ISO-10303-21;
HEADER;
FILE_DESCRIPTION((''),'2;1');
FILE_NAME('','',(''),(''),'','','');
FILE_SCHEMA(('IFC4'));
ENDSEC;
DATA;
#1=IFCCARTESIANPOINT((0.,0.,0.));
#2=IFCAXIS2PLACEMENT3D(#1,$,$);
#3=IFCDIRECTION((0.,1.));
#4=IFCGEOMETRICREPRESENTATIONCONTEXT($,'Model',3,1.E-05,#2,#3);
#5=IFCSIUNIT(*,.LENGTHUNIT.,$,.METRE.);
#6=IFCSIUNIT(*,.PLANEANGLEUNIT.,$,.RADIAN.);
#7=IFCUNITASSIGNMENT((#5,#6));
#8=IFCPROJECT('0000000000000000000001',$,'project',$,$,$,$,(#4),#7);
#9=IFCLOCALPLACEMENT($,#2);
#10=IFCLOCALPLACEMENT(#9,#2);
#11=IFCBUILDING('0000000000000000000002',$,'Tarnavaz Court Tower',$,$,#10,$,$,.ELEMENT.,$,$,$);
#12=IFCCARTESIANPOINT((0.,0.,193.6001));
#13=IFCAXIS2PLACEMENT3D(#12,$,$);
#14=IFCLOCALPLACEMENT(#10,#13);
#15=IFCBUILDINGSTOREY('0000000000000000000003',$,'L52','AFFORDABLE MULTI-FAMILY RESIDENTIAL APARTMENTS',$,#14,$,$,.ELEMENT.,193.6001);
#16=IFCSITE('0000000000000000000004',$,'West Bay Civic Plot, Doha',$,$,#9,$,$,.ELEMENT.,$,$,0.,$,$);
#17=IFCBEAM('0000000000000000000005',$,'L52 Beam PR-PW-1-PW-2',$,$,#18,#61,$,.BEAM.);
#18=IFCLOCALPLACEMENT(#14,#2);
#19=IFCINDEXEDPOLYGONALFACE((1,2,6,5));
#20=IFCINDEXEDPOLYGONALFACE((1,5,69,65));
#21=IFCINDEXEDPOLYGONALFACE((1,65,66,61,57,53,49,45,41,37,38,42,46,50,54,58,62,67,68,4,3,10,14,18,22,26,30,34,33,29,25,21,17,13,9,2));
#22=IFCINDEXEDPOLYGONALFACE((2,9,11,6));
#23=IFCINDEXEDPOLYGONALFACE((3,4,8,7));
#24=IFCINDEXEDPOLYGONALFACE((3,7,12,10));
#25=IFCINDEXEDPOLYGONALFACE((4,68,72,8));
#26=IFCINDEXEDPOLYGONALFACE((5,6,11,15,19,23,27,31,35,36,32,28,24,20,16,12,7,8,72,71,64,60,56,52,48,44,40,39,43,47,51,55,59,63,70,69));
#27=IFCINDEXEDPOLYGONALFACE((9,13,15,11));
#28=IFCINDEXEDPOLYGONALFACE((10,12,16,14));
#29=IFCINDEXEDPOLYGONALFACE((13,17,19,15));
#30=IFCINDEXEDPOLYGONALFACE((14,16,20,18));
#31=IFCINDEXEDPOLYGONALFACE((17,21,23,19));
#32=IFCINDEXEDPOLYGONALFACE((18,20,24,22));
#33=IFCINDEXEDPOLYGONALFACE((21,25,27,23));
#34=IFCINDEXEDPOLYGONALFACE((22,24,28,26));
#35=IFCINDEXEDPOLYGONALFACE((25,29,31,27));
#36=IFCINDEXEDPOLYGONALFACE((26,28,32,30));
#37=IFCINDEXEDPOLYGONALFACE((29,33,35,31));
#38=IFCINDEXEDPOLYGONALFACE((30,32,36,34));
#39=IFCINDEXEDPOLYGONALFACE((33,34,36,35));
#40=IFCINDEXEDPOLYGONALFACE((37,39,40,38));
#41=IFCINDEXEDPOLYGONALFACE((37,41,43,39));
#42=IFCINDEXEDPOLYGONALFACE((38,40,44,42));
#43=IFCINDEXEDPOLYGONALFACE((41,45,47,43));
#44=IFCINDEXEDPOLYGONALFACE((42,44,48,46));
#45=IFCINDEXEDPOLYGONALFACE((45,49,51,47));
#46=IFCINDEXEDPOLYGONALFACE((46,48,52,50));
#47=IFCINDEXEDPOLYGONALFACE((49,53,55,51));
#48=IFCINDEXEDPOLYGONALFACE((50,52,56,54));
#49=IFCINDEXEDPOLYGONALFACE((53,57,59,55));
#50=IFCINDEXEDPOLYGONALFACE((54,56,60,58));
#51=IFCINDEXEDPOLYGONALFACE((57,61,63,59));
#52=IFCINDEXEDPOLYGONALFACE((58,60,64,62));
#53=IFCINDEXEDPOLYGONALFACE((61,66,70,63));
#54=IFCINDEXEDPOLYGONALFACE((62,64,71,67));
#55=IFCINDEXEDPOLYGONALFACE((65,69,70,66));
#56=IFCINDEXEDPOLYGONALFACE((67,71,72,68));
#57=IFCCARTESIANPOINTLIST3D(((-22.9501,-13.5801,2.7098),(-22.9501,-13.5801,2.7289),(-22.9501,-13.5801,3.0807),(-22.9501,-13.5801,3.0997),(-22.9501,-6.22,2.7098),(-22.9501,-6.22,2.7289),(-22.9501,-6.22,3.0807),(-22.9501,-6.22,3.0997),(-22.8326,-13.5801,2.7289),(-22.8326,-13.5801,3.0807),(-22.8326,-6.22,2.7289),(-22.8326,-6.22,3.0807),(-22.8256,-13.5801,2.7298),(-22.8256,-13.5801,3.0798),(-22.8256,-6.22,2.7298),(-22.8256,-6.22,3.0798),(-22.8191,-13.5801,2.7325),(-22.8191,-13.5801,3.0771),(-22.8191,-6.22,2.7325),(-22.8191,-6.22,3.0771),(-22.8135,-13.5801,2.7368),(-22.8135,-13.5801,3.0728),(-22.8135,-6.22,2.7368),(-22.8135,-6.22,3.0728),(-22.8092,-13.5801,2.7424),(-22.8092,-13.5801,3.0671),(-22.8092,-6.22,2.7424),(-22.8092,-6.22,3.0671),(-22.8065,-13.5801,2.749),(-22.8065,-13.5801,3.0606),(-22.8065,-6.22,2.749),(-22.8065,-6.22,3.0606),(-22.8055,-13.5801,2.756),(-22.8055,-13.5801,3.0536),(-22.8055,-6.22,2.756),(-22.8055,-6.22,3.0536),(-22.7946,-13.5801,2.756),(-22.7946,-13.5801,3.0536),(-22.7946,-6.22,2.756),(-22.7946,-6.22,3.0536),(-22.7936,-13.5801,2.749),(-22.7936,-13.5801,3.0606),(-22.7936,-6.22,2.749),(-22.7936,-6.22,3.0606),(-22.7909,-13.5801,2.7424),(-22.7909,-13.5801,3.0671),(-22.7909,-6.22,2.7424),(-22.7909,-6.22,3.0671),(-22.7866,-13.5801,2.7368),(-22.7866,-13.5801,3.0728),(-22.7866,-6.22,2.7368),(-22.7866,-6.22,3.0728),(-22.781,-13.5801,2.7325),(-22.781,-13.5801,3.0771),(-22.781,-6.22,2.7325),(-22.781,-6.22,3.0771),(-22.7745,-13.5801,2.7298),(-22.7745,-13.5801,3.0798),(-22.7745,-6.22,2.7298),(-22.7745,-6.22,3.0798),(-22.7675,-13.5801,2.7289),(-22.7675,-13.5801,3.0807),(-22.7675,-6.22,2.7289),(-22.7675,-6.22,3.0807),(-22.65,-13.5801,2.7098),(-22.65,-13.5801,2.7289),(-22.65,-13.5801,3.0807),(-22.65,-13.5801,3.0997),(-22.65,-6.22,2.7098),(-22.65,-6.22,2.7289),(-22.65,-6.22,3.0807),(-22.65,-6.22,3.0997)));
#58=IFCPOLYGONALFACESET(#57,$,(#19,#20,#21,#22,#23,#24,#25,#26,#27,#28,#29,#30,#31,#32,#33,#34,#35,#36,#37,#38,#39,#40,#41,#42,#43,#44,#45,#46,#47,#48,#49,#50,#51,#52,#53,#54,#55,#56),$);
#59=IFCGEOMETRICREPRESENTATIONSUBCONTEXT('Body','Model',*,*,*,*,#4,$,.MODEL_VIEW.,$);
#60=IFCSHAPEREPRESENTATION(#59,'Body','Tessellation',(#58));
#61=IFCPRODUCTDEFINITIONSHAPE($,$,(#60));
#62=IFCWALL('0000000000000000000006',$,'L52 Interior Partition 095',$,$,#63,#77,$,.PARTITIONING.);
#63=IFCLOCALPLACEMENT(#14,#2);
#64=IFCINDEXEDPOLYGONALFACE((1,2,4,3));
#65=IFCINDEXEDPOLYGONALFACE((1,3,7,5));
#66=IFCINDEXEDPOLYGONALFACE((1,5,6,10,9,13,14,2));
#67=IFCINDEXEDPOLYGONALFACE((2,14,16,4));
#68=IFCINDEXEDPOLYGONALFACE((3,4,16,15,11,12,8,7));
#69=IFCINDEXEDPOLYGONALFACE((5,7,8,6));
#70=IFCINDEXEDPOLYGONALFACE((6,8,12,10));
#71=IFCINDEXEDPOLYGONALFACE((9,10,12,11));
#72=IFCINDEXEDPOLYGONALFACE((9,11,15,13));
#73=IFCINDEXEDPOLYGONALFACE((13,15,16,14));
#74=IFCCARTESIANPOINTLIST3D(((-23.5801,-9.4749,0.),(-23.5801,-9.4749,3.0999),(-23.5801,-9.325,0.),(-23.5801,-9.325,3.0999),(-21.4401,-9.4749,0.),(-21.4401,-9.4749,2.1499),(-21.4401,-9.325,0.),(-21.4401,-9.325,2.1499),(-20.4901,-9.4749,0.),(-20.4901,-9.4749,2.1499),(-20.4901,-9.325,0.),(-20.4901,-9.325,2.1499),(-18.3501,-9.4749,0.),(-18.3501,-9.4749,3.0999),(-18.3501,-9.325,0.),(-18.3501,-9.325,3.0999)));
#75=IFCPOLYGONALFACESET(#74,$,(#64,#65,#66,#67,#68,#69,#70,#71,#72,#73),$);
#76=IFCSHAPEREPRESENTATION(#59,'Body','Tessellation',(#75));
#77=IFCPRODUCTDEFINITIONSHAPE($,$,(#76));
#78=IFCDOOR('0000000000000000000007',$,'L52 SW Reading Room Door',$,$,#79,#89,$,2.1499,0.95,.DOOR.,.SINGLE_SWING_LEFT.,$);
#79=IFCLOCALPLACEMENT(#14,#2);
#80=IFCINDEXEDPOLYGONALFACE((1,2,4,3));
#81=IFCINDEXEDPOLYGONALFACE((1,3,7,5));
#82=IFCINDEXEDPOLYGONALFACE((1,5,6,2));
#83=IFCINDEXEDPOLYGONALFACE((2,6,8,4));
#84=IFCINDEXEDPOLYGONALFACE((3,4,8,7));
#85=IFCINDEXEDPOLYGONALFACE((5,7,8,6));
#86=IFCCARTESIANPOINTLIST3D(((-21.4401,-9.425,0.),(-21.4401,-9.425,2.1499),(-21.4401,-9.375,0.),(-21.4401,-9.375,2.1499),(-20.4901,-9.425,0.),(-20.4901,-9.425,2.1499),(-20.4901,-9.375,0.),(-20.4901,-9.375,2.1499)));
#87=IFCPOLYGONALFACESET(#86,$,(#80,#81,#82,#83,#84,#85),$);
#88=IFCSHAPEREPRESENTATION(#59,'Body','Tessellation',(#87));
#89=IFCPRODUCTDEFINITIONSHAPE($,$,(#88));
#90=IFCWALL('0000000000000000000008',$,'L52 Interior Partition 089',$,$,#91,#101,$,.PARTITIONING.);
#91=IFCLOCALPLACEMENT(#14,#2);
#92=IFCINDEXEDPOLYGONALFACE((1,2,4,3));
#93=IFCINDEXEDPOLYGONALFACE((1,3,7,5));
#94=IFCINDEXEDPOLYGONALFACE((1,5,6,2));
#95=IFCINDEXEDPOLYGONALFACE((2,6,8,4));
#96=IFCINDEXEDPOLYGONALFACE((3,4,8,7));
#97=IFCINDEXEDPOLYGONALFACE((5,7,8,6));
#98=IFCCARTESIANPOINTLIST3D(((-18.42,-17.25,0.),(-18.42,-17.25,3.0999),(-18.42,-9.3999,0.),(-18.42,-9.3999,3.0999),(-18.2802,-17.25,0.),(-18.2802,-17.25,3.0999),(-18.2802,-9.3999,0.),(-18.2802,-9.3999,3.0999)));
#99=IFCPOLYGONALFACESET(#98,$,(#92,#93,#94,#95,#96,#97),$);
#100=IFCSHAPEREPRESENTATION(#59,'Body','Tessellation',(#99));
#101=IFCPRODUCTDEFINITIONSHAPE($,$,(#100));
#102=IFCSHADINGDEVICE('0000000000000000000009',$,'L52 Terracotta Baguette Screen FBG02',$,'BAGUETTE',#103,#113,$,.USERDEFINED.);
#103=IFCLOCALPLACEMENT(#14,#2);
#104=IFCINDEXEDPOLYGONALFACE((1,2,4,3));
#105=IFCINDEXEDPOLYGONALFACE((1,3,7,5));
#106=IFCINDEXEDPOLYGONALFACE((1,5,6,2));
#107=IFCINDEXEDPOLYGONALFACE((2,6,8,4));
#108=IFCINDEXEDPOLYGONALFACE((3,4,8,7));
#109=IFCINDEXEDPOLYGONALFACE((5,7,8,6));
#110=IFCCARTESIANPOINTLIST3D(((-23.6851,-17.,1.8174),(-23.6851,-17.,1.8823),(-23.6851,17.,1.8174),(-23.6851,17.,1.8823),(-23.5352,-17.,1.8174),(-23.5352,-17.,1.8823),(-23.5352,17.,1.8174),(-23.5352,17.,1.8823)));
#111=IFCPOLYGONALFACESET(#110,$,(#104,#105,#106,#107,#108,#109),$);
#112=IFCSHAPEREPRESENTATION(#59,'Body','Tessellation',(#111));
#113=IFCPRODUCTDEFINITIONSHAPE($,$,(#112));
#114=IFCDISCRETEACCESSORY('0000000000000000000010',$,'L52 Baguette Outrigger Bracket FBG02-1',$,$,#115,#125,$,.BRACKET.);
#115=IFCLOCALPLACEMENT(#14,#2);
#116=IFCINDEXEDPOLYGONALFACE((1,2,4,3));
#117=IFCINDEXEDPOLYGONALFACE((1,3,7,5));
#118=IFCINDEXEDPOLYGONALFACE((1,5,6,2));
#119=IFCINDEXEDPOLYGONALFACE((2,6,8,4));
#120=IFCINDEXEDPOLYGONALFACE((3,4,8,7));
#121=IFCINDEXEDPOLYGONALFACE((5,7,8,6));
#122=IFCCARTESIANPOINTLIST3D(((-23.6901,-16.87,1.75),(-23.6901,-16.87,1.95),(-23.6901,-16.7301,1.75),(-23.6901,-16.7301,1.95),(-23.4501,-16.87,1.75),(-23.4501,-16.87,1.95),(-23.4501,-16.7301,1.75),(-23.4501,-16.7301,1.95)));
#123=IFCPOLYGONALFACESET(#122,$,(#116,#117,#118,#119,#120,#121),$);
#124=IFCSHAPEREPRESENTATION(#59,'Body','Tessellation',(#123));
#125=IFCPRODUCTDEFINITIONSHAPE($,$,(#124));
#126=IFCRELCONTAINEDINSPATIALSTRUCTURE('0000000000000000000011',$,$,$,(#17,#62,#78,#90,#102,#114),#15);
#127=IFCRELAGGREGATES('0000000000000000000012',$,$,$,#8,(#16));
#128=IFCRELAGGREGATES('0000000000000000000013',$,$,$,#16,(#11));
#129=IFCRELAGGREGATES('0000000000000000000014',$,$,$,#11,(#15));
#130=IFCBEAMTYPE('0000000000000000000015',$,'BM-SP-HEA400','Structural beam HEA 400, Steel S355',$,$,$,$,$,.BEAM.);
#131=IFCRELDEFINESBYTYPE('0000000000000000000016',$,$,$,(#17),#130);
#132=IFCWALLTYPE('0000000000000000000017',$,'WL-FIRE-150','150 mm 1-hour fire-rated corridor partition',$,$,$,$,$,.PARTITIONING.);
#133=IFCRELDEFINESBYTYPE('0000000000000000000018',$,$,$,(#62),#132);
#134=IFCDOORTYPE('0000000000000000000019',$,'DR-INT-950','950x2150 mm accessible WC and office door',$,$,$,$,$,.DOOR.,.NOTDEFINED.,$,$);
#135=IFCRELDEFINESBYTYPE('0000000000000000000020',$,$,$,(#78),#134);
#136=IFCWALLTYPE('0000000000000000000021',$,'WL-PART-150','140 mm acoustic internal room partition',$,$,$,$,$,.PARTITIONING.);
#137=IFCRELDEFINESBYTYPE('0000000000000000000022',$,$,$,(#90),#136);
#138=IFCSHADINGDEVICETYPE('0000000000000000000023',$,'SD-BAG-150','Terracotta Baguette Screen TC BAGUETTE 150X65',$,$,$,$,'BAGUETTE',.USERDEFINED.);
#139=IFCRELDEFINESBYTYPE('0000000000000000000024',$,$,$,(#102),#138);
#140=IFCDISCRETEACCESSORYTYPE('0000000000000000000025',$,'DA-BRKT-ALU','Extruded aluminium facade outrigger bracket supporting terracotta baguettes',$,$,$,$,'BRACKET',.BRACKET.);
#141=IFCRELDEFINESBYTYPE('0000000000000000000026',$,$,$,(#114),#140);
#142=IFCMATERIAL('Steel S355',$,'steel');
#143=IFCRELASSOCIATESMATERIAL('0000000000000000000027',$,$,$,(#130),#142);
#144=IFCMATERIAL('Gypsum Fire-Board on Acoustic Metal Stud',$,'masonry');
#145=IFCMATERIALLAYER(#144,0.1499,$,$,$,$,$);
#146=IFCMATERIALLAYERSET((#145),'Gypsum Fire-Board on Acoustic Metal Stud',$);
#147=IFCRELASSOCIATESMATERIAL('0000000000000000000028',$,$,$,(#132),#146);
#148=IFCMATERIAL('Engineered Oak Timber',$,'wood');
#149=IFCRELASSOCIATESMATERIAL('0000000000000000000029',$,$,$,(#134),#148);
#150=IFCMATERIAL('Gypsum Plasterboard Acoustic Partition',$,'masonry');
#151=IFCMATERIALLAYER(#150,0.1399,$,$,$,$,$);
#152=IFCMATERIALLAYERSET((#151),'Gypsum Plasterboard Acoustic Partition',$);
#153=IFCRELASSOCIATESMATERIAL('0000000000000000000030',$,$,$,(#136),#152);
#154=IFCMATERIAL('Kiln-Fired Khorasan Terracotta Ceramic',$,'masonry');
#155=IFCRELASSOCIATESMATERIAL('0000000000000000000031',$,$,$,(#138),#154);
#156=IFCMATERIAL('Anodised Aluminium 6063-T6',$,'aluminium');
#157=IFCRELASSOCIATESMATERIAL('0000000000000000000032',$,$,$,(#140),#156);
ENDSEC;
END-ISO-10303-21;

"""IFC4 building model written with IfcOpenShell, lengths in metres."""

from ifc_helpers import new_model, si_unit, direction, frame, frame_2d, origin, origin_2d, place, context, subcontext, project, spatial, rectangle, i_section, extrude, material, layer, layer_set, material_profile, profile_set, type_object, element, fill, save


model = new_model("IFC4")

# Units and contexts
model_context = context("Model", 3, precision=1e-05, world=origin(), true_north=direction((0.0, 1.0)))
body_context = subcontext(model_context, "Body", "Model", "MODEL_VIEW")
ifc_project = project(units=[si_unit("LENGTHUNIT", "METRE"), si_unit("PLANEANGLEUNIT", "RADIAN")], contexts=[model_context])

# Site, building, storey
site_placement = place(None, origin())
site = spatial("IfcSite", under=ifc_project, at=site_placement, Name="West Bay Civic Plot, Doha", CompositionType="ELEMENT", RefElevation=0.0)
building_placement = place(site_placement, origin())
building = spatial("IfcBuilding", under=site, at=building_placement, Name="Tarnavaz Court Tower", CompositionType="ELEMENT")
storey_placement = place(building_placement, frame((0.0, 0.0, 193.6001)))
storey = spatial("IfcBuildingStorey", under=building, at=storey_placement, Name="L52", Description="AFFORDABLE MULTI-FAMILY RESIDENTIAL APARTMENTS", CompositionType="ELEMENT", Elevation=193.6001)

# Beam
ifc_material_1 = material(Name="Steel S355", Category="steel")
ifc_material_profile_1 = material_profile(ifc_material_1, i_section(OverallWidth=0.3, OverallDepth=0.3899, WebThickness=0.011, FlangeThickness=0.019, FilletRadius=0.0271, at=origin_2d()), Name="HEA 400")
ifc_profile_set_1 = profile_set([ifc_material_profile_1], Name="Steel S355")
beam_type_1 = type_object("IfcBeamType", Name="BM-SP-HEA400", Description="Structural beam HEA 400, Steel S355", PredefinedType="BEAM", material=ifc_profile_set_1)
beam_placement = place(storey_placement, frame((-22.8, -13.5801, 2.9048), z_axis=(0.0, 1.0, 0.0), x_axis=(-1.0, 0.0, 0.0)))
element("IfcBeam", 1, at=beam_placement, inside=storey, type_object=beam_type_1, Name="L52 Beam PR-PW-1-PW-2", PredefinedType="BEAM", context=body_context, shape_type="SweptSolid", body=[
    extrude(i_section(OverallWidth=0.3, OverallDepth=0.3899, WebThickness=0.011, FlangeThickness=0.019, FilletRadius=0.0271, at=origin_2d()), origin(), (0.0, 0.0, 1.0), 7.3601),
])

# Shared definitions
ifc_material_2 = material(Name="Gypsum Fire-Board on Acoustic Metal Stud", Category="masonry")
ifc_layer_1 = layer(ifc_material_2, 0.1499)
ifc_layer_set_1 = layer_set([ifc_layer_1], Name="Gypsum Fire-Board on Acoustic Metal Stud")
wall_type_1 = type_object("IfcWallType", Name="WL-FIRE-150", Description="150 mm 1-hour fire-rated corridor partition", PredefinedType="PARTITIONING", material=ifc_layer_set_1)
ifc_material_3 = material(Name="Engineered Oak Timber", Category="wood")
door_type = type_object("IfcDoorType", Name="DR-INT-950", Description="950x2150 mm accessible WC and office door", OperationType="NOTDEFINED", PredefinedType="DOOR", material=ifc_material_3)

# Wall, opening, door
wall_1_placement = place(storey_placement, frame((-23.5801, -9.3999, 0.0), z_axis=(0.0, 0.0, 1.0), x_axis=(1.0, 0.0, 0.0)))
wall_1 = element("IfcWall", 2, at=wall_1_placement, inside=storey, type_object=wall_type_1, Name="L52 Interior Partition 095", PredefinedType="PARTITIONING", context=body_context, shape_type="SweptSolid", body=[
    extrude(rectangle(XDim=5.23, YDim=0.1499, at=frame_2d((2.615, 0.0))), origin(), (0.0, 0.0, 1.0), 3.0999),
])
opening_1_placement = place(wall_1_placement, frame((2.1399, 0.0, 0.0)))
opening_1 = element("IfcOpeningElement", 3, at=opening_1_placement, cuts=wall_1, PredefinedType="OPENING", context=body_context, shape_type="SweptSolid", body=[
    extrude(rectangle(XDim=0.95, YDim=2.1499, at=frame_2d((0.4751, 1.075))), frame((0.0, 0.085, 0.0), z_axis=(0.0, -1.0, 0.0), x_axis=(1.0, 0.0, 0.0)), (0.0, 0.0, 1.0), 0.1699),
])
door_1_placement = place(opening_1_placement, origin())
door_1 = element("IfcDoor", 4, at=door_1_placement, inside=storey, type_object=door_type, Name="L52 SW Reading Room Door", OperationType="SINGLE_SWING_LEFT", OverallHeight=2.1499, OverallWidth=0.95, PredefinedType="DOOR", context=body_context, shape_type="SweptSolid", body=[
    extrude(rectangle(XDim=0.95, YDim=2.1499, at=frame_2d((0.4751, 1.075))), frame((0.0, 0.0249, 0.0), z_axis=(0.0, -1.0, 0.0), x_axis=(1.0, 0.0, 0.0)), (0.0, 0.0, 1.0), 0.05),
])
fill(opening_1, door_1)

# Wall
ifc_material_4 = material(Name="Gypsum Plasterboard Acoustic Partition", Category="masonry")
ifc_layer_2 = layer(ifc_material_4, 0.1399)
ifc_layer_set_2 = layer_set([ifc_layer_2], Name="Gypsum Plasterboard Acoustic Partition")
wall_type_2 = type_object("IfcWallType", Name="WL-PART-150", Description="140 mm acoustic internal room partition", PredefinedType="PARTITIONING", material=ifc_layer_set_2)
wall_2_placement = place(storey_placement, frame((-18.3501, -17.25, 0.0), z_axis=(0.0, 0.0, 1.0), x_axis=(0.0, 1.0, 0.0)))
element("IfcWall", 5, at=wall_2_placement, inside=storey, type_object=wall_type_2, Name="L52 Interior Partition 089", PredefinedType="PARTITIONING", context=body_context, shape_type="SweptSolid", body=[
    extrude(rectangle(XDim=7.8501, YDim=0.1399, at=frame_2d((3.925, 0.0))), origin(), (0.0, 0.0, 1.0), 3.0999),
])

# Shading device
ifc_material_5 = material(Name="Kiln-Fired Khorasan Terracotta Ceramic", Category="masonry")
ifc_material_profile_2 = material_profile(ifc_material_5, rectangle(XDim=0.1499, YDim=0.0649, at=origin_2d()), Name="TC BAGUETTE 150X65")
ifc_profile_set_2 = profile_set([ifc_material_profile_2], Name="Kiln-Fired Khorasan Terracotta Ceramic")
shading_device_type = type_object("IfcShadingDeviceType", Name="SD-BAG-150", Description="Terracotta Baguette Screen TC BAGUETTE 150X65", ElementType="BAGUETTE", PredefinedType="USERDEFINED", material=ifc_profile_set_2)
shading_device_placement = place(storey_placement, frame((-23.6101, -17.0, 1.8499), z_axis=(0.0, 1.0, 0.0), x_axis=(-1.0, 0.0, 0.0)))
element("IfcShadingDevice", 6, at=shading_device_placement, inside=storey, type_object=shading_device_type, Name="L52 Terracotta Baguette Screen FBG02", ObjectType="BAGUETTE", PredefinedType="USERDEFINED", context=body_context, shape_type="SweptSolid", body=[
    extrude(rectangle(XDim=0.1499, YDim=0.0649, at=origin_2d()), origin(), (0.0, 0.0, 1.0), 34.0),
])

# Discrete accessory
ifc_material_6 = material(Name="Anodised Aluminium 6063-T6", Category="aluminium")
discrete_accessory_type = type_object("IfcDiscreteAccessoryType", Name="DA-BRKT-ALU", Description="Extruded aluminium facade outrigger bracket supporting terracotta baguettes", ElementType="BRACKET", PredefinedType="BRACKET", material=ifc_material_6)
discrete_accessory_placement = place(storey_placement, frame((-23.5701, -16.8, 1.75), z_axis=(0.0, 0.0, 1.0), x_axis=(0.0, 1.0, 0.0)))
element("IfcDiscreteAccessory", 7, at=discrete_accessory_placement, inside=storey, type_object=discrete_accessory_type, Name="L52 Baguette Outrigger Bracket FBG02-1", PredefinedType="BRACKET", context=body_context, shape_type="SweptSolid", body=[
    extrude(rectangle(XDim=0.1399, YDim=0.24, at=origin_2d()), origin(), (0.0, 0.0, 1.0), 0.2),
])

save(model, "model.ifc")
